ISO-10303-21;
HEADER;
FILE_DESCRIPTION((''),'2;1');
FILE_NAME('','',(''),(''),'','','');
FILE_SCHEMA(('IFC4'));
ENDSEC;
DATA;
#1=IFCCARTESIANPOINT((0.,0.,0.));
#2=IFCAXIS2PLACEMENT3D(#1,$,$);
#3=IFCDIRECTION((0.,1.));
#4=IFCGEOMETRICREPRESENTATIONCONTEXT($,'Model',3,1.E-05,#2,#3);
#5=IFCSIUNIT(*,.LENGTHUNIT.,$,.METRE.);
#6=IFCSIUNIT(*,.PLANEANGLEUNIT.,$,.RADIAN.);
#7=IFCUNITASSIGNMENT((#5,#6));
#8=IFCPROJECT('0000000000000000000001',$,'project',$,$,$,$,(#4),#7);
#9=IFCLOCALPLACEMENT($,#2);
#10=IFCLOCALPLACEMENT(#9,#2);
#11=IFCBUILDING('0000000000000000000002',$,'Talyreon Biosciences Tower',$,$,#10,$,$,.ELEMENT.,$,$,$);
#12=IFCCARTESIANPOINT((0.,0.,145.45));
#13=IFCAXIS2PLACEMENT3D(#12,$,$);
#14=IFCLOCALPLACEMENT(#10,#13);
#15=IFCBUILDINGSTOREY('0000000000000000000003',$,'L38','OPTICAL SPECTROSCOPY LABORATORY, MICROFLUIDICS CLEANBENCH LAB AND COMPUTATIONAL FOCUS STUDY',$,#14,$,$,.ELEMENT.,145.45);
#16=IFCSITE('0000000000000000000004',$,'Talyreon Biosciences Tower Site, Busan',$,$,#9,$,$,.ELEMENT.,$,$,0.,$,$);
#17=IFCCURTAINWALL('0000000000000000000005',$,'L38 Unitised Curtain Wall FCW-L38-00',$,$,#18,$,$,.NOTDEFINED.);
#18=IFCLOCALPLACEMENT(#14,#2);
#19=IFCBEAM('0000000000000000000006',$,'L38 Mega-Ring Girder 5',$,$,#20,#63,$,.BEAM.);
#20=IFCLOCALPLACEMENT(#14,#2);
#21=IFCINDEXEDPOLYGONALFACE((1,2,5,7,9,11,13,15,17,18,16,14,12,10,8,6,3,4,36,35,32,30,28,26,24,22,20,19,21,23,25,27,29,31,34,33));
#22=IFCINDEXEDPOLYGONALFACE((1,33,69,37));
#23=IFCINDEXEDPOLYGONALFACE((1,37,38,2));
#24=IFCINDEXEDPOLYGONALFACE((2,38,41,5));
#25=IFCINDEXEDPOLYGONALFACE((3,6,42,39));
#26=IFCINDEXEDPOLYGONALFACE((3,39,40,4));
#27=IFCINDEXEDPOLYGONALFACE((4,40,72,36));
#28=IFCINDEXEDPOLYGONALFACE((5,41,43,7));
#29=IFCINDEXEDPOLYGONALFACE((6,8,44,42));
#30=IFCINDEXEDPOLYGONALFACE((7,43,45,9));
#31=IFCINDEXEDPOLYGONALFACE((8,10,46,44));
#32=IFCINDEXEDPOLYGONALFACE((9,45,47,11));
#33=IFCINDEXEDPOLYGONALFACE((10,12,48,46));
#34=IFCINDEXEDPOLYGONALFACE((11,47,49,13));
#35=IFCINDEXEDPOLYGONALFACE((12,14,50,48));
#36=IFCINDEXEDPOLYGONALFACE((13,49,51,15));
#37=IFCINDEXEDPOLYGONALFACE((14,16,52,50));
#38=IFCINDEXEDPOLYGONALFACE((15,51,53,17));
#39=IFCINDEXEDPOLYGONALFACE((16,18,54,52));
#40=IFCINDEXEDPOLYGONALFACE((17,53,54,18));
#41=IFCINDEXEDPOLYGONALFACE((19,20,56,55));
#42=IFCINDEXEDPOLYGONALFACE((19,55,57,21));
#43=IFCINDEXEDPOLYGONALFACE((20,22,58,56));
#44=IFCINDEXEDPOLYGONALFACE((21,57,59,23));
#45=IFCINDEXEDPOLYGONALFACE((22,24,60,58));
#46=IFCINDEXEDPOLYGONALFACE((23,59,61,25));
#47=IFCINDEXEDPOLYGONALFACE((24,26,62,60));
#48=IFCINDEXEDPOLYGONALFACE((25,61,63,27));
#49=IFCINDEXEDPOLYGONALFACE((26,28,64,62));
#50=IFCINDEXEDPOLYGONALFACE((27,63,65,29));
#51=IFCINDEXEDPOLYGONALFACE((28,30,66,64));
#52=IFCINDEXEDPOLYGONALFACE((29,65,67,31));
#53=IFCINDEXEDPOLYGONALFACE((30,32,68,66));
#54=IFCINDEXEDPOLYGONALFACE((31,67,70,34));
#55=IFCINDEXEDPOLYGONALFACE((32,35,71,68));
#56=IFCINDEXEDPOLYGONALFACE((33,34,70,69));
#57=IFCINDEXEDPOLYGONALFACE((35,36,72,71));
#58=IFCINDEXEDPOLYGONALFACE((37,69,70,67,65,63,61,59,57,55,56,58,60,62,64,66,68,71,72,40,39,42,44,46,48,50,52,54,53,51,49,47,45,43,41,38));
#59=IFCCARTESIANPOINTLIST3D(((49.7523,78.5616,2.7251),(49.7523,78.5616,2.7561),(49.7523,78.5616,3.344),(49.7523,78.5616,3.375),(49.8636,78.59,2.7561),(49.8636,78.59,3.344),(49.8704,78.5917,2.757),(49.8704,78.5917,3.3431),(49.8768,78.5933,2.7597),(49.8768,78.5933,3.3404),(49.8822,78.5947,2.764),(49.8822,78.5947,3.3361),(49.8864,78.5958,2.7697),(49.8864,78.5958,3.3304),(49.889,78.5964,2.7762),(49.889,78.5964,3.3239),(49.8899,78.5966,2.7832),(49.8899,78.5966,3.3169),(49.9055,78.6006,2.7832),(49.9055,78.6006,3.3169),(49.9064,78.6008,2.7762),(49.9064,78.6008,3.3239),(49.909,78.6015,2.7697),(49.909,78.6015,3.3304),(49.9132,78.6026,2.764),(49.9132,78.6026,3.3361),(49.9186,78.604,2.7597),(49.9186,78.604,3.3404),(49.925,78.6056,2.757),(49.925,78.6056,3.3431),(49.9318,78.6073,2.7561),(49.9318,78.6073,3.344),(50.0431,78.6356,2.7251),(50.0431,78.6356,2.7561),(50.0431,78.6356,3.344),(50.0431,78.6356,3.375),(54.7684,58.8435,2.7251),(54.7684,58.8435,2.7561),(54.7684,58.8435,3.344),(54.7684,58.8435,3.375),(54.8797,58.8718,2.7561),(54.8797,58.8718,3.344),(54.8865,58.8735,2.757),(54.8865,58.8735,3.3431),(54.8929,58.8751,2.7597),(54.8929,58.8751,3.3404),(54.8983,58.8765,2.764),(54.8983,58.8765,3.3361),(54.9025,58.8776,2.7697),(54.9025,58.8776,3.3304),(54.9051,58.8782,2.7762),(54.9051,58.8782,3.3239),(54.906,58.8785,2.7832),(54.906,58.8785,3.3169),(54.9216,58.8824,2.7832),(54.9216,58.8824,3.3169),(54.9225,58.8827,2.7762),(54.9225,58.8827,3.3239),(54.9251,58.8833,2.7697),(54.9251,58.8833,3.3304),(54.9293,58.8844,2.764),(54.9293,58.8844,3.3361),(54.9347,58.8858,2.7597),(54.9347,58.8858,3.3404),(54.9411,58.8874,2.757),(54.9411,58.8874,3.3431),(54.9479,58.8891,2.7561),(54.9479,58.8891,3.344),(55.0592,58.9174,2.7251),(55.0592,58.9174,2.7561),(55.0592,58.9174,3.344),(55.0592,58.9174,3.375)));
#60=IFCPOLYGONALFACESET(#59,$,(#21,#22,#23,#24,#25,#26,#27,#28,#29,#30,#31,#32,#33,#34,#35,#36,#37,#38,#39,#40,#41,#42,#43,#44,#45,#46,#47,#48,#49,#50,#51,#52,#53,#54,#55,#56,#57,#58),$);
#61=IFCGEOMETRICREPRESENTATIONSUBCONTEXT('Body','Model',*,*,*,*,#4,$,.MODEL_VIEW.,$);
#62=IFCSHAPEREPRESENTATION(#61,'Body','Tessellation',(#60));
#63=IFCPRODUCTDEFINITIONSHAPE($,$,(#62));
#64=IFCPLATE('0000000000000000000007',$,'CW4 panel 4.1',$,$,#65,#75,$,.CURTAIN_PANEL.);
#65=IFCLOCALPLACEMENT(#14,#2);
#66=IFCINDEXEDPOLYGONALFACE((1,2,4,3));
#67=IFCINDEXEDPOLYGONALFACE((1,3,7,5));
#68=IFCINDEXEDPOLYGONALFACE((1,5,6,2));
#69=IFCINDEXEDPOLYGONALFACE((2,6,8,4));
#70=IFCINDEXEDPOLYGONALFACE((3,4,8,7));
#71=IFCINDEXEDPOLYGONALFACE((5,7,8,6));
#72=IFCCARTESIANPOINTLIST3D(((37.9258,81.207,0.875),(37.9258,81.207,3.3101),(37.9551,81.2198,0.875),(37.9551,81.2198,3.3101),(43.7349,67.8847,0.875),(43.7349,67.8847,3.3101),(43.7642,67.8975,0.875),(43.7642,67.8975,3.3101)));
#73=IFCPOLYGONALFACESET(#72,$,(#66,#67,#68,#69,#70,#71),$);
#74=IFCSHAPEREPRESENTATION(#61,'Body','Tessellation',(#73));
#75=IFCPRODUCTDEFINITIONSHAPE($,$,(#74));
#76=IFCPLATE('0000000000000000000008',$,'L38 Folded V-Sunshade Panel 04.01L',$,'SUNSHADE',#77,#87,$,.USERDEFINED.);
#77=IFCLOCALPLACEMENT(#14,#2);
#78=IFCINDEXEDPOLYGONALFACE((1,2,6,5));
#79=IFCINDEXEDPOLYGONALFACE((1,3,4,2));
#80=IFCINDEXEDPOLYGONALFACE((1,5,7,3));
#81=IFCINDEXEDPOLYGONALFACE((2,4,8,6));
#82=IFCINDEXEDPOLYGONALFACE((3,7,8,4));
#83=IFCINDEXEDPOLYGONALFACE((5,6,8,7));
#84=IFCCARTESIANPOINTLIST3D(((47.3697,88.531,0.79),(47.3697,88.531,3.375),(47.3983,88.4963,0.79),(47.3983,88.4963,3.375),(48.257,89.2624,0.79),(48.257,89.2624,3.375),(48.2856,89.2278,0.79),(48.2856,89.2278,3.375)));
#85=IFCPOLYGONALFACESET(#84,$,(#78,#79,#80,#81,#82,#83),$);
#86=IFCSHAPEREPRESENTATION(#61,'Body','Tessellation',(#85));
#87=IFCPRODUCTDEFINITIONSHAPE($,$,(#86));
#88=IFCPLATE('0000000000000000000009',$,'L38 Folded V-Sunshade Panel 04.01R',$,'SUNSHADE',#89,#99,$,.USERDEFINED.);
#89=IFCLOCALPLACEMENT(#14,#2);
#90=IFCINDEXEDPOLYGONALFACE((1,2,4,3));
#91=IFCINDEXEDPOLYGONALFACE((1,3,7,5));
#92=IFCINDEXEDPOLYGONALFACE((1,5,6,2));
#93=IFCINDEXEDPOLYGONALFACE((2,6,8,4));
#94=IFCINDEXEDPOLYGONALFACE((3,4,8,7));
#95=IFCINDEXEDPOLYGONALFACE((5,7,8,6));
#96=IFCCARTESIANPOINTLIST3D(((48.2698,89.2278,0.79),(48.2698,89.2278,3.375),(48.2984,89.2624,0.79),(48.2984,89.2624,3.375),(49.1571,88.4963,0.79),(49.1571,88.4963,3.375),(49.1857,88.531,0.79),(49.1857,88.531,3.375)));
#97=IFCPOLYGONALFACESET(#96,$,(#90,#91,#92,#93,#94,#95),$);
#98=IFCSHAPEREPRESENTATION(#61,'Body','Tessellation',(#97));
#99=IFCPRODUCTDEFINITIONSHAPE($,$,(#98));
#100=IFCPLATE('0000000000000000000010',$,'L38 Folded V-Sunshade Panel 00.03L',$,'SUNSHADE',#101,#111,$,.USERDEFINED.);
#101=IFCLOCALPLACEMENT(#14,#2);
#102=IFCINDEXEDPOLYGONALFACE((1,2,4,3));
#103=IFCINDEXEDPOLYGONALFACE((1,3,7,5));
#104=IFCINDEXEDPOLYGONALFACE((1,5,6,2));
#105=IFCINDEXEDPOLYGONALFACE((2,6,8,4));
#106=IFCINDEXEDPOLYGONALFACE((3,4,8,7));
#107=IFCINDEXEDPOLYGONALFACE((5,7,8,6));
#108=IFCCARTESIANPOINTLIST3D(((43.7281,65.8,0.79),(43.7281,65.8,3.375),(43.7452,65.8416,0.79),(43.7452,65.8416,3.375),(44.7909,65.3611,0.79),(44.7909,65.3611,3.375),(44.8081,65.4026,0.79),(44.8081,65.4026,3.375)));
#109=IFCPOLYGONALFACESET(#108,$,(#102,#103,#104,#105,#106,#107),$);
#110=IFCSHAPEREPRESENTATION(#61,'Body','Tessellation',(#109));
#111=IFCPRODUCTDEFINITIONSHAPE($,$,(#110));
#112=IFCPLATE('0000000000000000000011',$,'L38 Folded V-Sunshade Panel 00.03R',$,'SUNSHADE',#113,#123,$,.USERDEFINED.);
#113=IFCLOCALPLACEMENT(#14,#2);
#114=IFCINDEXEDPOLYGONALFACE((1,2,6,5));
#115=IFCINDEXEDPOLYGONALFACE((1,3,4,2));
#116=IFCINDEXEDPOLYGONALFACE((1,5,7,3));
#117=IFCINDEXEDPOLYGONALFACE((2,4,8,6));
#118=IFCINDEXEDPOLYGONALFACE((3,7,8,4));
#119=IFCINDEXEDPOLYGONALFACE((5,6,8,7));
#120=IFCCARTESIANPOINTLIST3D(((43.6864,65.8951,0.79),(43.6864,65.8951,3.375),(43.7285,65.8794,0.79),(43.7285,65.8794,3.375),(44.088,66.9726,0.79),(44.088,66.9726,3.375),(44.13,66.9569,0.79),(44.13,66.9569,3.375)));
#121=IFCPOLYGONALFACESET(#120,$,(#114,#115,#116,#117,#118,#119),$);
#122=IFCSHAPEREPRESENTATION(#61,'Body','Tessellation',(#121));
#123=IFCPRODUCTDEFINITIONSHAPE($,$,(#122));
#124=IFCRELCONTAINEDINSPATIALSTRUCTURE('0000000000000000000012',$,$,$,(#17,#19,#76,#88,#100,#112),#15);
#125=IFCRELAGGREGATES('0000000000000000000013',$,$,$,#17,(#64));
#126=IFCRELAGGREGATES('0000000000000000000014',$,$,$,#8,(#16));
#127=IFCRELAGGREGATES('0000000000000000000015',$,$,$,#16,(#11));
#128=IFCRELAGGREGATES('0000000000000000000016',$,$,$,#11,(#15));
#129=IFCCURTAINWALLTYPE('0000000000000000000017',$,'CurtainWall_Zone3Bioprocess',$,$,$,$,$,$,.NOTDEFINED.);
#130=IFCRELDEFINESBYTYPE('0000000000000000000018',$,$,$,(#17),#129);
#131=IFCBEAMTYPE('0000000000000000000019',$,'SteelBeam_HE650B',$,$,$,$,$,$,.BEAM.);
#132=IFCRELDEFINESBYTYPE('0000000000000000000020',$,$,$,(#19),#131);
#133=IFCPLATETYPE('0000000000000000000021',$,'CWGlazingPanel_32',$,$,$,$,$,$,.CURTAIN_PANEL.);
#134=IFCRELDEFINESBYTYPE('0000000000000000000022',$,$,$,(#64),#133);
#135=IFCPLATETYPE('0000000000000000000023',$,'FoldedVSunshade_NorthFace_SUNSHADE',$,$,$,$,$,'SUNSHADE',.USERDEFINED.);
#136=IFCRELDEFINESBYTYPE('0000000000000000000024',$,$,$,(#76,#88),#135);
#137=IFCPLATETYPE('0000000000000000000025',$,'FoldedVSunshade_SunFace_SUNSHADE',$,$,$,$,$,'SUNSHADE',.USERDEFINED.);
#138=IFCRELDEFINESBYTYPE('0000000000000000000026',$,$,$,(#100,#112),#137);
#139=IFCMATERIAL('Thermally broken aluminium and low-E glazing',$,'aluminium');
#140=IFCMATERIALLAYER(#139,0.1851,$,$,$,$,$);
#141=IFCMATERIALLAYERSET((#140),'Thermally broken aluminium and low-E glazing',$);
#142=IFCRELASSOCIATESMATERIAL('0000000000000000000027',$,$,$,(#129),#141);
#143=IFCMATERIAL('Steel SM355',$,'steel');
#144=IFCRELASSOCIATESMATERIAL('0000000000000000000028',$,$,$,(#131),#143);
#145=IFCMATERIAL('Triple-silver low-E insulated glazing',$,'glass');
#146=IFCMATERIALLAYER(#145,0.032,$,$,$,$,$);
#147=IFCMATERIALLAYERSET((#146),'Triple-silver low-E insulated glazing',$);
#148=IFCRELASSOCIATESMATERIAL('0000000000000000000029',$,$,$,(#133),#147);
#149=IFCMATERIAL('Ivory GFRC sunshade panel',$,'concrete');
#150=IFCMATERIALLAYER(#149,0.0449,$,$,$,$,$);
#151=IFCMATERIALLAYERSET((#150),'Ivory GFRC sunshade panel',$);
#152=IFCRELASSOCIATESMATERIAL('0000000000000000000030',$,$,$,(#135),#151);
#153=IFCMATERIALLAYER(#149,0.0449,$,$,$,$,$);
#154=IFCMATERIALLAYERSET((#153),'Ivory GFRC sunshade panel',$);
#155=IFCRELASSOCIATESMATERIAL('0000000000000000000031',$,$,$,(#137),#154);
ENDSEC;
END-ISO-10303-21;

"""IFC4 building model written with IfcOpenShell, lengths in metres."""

from ifc_helpers import new_model, si_unit, direction, frame, origin, origin_2d, place, context, subcontext, project, spatial, rectangle, i_section, extrude, material, layer, layer_set, material_profile, profile_set, type_object, element, aggregate, save


model = new_model("IFC4")

# Units and contexts
model_context = context("Model", 3, precision=1e-05, world=origin(), true_north=direction((0.0, 1.0)))
body_context = subcontext(model_context, "Body", "Model", "MODEL_VIEW")
ifc_project = project(units=[si_unit("LENGTHUNIT", "METRE"), si_unit("PLANEANGLEUNIT", "RADIAN")], contexts=[model_context])

# Site, building, storey
site_placement = place(None, origin())
site = spatial("IfcSite", under=ifc_project, at=site_placement, Name="Talyreon Biosciences Tower Site, Busan", CompositionType="ELEMENT", RefElevation=0.0)
building_placement = place(site_placement, origin())
building = spatial("IfcBuilding", under=site, at=building_placement, Name="Talyreon Biosciences Tower", CompositionType="ELEMENT")
storey_placement = place(building_placement, frame((0.0, 0.0, 145.45)))
storey = spatial("IfcBuildingStorey", under=building, at=storey_placement, Name="L38", Description="OPTICAL SPECTROSCOPY LABORATORY, MICROFLUIDICS CLEANBENCH LAB AND COMPUTATIONAL FOCUS STUDY", CompositionType="ELEMENT", Elevation=145.45)

# Curtain wall
ifc_material_1 = material(Name="Thermally broken aluminium and low-E glazing", Category="aluminium")
ifc_layer_1 = layer(ifc_material_1, 0.1851)
ifc_layer_set_1 = layer_set([ifc_layer_1], Name="Thermally broken aluminium and low-E glazing")
curtain_wall_type = type_object("IfcCurtainWallType", Name="CurtainWall_Zone3Bioprocess", PredefinedType="NOTDEFINED", material=ifc_layer_set_1)
curtain_wall_1_placement = place(storey_placement, origin())
curtain_wall_1 = element("IfcCurtainWall", 1, at=curtain_wall_1_placement, inside=storey, type_object=curtain_wall_type, Name="L38 Unitised Curtain Wall FCW-L38-00", PredefinedType="NOTDEFINED")

# Beam
ifc_material_2 = material(Name="Steel SM355", Category="steel")
ifc_material_profile_1 = material_profile(ifc_material_2, i_section(OverallWidth=0.3, OverallDepth=0.6499, WebThickness=0.0161, FlangeThickness=0.031, FilletRadius=0.0271, at=origin_2d()), Name="HE650B")
ifc_profile_set_1 = profile_set([ifc_material_profile_1], Name="Steel SM355")
beam_type_1 = type_object("IfcBeamType", Name="SteelBeam_HE650B", PredefinedType="BEAM", material=ifc_profile_set_1)
beam_1_placement = place(storey_placement, frame((49.8977, 78.5986, 3.05), z_axis=(0.246537, -0.969133, 0.0), x_axis=(0.969133, 0.246537, 0.0)))
element("IfcBeam", 2, at=beam_1_placement, inside=storey, type_object=beam_type_1, Name="L38 Mega-Ring Girder 5", PredefinedType="BEAM", context=body_context, shape_type="SweptSolid", body=[
    extrude(i_section(OverallWidth=0.3, OverallDepth=0.6499, WebThickness=0.0161, FlangeThickness=0.031, FilletRadius=0.0271, at=origin_2d()), origin(), (0.0, 0.0, 1.0), 20.3462),
])

# Plate
ifc_material_3 = material(Name="Triple-silver low-E insulated glazing", Category="glass")
ifc_layer_2 = layer(ifc_material_3, 0.032)
ifc_layer_set_2 = layer_set([ifc_layer_2], Name="Triple-silver low-E insulated glazing")
plate_type_1 = type_object("IfcPlateType", Name="CWGlazingPanel_32", PredefinedType="CURTAIN_PANEL", material=ifc_layer_set_2)
plate_placement = place(storey_placement, frame((40.845, 74.5522, 0.875), z_axis=(0.0, 0.0, 1.0), x_axis=(-0.399698, 0.916647, 0.0)))
plate = element("IfcPlate", 3, at=plate_placement, type_object=plate_type_1, Name="CW4 panel 4.1", PredefinedType="CURTAIN_PANEL", context=body_context, shape_type="SweptSolid", body=[
    extrude(rectangle(XDim=14.5337, YDim=0.032, at=origin_2d()), origin(), (0.0, 0.0, 1.0), 2.4351),
])
aggregate(curtain_wall_1, [plate])

# Plates
ifc_material_4 = material(Name="Ivory GFRC sunshade panel", Category="concrete")
ifc_layer_3 = layer(ifc_material_4, 0.0449)
ifc_layer_set_3 = layer_set([ifc_layer_3], Name="Ivory GFRC sunshade panel")
plate_type_2 = type_object("IfcPlateType", Name="FoldedVSunshade_NorthFace_SUNSHADE", ElementType="SUNSHADE", PredefinedType="USERDEFINED", material=ifc_layer_set_3)
for number, where, z_axis, x_axis, name in (
    (4, (47.8276, 88.8794, 0.79), (0.0, 0.0, 1.0), (0.771625, 0.636078, 0.0), "L38 Folded V-Sunshade Panel 04.01L"),
    (5, (48.7278, 88.8794, 0.79), (0.0, 0.0, 1.0), (0.771625, -0.636078, 0.0), "L38 Folded V-Sunshade Panel 04.01R"),
):
    element("IfcPlate", number, at=place(storey_placement, frame(where, z_axis=z_axis, x_axis=x_axis)), inside=storey, type_object=plate_type_2, Name=name, ObjectType="SUNSHADE", PredefinedType="USERDEFINED", context=body_context, shape_type="SweptSolid", body=[
        extrude(rectangle(XDim=1.1499, YDim=0.0449, at=origin_2d()), origin(), (0.0, 0.0, 1.0), 2.585),
    ])
ifc_layer_4 = layer(ifc_material_4, 0.0449)
ifc_layer_set_4 = layer_set([ifc_layer_4], Name="Ivory GFRC sunshade panel")
plate_type_3 = type_object("IfcPlateType", Name="FoldedVSunshade_SunFace_SUNSHADE", ElementType="SUNSHADE", PredefinedType="USERDEFINED", material=ifc_layer_set_4)
for number, where, z_axis, x_axis, name in (
    (6, (44.2681, 65.6013, 0.79), (0.0, 0.0, 1.0), (-0.924273, 0.381732, 0.0), "L38 Folded V-Sunshade Panel 00.03L"),
    (7, (43.9082, 66.426, 0.79), (0.0, 0.0, 1.0), (0.349243, 0.937032, 0.0), "L38 Folded V-Sunshade Panel 00.03R"),
):
    element("IfcPlate", number, at=place(storey_placement, frame(where, z_axis=z_axis, x_axis=x_axis)), inside=storey, type_object=plate_type_3, Name=name, ObjectType="SUNSHADE", PredefinedType="USERDEFINED", context=body_context, shape_type="SweptSolid", body=[
        extrude(rectangle(XDim=1.1499, YDim=0.0449, at=origin_2d()), origin(), (0.0, 0.0, 1.0), 2.585),
    ])

save(model, "model.ifc")
